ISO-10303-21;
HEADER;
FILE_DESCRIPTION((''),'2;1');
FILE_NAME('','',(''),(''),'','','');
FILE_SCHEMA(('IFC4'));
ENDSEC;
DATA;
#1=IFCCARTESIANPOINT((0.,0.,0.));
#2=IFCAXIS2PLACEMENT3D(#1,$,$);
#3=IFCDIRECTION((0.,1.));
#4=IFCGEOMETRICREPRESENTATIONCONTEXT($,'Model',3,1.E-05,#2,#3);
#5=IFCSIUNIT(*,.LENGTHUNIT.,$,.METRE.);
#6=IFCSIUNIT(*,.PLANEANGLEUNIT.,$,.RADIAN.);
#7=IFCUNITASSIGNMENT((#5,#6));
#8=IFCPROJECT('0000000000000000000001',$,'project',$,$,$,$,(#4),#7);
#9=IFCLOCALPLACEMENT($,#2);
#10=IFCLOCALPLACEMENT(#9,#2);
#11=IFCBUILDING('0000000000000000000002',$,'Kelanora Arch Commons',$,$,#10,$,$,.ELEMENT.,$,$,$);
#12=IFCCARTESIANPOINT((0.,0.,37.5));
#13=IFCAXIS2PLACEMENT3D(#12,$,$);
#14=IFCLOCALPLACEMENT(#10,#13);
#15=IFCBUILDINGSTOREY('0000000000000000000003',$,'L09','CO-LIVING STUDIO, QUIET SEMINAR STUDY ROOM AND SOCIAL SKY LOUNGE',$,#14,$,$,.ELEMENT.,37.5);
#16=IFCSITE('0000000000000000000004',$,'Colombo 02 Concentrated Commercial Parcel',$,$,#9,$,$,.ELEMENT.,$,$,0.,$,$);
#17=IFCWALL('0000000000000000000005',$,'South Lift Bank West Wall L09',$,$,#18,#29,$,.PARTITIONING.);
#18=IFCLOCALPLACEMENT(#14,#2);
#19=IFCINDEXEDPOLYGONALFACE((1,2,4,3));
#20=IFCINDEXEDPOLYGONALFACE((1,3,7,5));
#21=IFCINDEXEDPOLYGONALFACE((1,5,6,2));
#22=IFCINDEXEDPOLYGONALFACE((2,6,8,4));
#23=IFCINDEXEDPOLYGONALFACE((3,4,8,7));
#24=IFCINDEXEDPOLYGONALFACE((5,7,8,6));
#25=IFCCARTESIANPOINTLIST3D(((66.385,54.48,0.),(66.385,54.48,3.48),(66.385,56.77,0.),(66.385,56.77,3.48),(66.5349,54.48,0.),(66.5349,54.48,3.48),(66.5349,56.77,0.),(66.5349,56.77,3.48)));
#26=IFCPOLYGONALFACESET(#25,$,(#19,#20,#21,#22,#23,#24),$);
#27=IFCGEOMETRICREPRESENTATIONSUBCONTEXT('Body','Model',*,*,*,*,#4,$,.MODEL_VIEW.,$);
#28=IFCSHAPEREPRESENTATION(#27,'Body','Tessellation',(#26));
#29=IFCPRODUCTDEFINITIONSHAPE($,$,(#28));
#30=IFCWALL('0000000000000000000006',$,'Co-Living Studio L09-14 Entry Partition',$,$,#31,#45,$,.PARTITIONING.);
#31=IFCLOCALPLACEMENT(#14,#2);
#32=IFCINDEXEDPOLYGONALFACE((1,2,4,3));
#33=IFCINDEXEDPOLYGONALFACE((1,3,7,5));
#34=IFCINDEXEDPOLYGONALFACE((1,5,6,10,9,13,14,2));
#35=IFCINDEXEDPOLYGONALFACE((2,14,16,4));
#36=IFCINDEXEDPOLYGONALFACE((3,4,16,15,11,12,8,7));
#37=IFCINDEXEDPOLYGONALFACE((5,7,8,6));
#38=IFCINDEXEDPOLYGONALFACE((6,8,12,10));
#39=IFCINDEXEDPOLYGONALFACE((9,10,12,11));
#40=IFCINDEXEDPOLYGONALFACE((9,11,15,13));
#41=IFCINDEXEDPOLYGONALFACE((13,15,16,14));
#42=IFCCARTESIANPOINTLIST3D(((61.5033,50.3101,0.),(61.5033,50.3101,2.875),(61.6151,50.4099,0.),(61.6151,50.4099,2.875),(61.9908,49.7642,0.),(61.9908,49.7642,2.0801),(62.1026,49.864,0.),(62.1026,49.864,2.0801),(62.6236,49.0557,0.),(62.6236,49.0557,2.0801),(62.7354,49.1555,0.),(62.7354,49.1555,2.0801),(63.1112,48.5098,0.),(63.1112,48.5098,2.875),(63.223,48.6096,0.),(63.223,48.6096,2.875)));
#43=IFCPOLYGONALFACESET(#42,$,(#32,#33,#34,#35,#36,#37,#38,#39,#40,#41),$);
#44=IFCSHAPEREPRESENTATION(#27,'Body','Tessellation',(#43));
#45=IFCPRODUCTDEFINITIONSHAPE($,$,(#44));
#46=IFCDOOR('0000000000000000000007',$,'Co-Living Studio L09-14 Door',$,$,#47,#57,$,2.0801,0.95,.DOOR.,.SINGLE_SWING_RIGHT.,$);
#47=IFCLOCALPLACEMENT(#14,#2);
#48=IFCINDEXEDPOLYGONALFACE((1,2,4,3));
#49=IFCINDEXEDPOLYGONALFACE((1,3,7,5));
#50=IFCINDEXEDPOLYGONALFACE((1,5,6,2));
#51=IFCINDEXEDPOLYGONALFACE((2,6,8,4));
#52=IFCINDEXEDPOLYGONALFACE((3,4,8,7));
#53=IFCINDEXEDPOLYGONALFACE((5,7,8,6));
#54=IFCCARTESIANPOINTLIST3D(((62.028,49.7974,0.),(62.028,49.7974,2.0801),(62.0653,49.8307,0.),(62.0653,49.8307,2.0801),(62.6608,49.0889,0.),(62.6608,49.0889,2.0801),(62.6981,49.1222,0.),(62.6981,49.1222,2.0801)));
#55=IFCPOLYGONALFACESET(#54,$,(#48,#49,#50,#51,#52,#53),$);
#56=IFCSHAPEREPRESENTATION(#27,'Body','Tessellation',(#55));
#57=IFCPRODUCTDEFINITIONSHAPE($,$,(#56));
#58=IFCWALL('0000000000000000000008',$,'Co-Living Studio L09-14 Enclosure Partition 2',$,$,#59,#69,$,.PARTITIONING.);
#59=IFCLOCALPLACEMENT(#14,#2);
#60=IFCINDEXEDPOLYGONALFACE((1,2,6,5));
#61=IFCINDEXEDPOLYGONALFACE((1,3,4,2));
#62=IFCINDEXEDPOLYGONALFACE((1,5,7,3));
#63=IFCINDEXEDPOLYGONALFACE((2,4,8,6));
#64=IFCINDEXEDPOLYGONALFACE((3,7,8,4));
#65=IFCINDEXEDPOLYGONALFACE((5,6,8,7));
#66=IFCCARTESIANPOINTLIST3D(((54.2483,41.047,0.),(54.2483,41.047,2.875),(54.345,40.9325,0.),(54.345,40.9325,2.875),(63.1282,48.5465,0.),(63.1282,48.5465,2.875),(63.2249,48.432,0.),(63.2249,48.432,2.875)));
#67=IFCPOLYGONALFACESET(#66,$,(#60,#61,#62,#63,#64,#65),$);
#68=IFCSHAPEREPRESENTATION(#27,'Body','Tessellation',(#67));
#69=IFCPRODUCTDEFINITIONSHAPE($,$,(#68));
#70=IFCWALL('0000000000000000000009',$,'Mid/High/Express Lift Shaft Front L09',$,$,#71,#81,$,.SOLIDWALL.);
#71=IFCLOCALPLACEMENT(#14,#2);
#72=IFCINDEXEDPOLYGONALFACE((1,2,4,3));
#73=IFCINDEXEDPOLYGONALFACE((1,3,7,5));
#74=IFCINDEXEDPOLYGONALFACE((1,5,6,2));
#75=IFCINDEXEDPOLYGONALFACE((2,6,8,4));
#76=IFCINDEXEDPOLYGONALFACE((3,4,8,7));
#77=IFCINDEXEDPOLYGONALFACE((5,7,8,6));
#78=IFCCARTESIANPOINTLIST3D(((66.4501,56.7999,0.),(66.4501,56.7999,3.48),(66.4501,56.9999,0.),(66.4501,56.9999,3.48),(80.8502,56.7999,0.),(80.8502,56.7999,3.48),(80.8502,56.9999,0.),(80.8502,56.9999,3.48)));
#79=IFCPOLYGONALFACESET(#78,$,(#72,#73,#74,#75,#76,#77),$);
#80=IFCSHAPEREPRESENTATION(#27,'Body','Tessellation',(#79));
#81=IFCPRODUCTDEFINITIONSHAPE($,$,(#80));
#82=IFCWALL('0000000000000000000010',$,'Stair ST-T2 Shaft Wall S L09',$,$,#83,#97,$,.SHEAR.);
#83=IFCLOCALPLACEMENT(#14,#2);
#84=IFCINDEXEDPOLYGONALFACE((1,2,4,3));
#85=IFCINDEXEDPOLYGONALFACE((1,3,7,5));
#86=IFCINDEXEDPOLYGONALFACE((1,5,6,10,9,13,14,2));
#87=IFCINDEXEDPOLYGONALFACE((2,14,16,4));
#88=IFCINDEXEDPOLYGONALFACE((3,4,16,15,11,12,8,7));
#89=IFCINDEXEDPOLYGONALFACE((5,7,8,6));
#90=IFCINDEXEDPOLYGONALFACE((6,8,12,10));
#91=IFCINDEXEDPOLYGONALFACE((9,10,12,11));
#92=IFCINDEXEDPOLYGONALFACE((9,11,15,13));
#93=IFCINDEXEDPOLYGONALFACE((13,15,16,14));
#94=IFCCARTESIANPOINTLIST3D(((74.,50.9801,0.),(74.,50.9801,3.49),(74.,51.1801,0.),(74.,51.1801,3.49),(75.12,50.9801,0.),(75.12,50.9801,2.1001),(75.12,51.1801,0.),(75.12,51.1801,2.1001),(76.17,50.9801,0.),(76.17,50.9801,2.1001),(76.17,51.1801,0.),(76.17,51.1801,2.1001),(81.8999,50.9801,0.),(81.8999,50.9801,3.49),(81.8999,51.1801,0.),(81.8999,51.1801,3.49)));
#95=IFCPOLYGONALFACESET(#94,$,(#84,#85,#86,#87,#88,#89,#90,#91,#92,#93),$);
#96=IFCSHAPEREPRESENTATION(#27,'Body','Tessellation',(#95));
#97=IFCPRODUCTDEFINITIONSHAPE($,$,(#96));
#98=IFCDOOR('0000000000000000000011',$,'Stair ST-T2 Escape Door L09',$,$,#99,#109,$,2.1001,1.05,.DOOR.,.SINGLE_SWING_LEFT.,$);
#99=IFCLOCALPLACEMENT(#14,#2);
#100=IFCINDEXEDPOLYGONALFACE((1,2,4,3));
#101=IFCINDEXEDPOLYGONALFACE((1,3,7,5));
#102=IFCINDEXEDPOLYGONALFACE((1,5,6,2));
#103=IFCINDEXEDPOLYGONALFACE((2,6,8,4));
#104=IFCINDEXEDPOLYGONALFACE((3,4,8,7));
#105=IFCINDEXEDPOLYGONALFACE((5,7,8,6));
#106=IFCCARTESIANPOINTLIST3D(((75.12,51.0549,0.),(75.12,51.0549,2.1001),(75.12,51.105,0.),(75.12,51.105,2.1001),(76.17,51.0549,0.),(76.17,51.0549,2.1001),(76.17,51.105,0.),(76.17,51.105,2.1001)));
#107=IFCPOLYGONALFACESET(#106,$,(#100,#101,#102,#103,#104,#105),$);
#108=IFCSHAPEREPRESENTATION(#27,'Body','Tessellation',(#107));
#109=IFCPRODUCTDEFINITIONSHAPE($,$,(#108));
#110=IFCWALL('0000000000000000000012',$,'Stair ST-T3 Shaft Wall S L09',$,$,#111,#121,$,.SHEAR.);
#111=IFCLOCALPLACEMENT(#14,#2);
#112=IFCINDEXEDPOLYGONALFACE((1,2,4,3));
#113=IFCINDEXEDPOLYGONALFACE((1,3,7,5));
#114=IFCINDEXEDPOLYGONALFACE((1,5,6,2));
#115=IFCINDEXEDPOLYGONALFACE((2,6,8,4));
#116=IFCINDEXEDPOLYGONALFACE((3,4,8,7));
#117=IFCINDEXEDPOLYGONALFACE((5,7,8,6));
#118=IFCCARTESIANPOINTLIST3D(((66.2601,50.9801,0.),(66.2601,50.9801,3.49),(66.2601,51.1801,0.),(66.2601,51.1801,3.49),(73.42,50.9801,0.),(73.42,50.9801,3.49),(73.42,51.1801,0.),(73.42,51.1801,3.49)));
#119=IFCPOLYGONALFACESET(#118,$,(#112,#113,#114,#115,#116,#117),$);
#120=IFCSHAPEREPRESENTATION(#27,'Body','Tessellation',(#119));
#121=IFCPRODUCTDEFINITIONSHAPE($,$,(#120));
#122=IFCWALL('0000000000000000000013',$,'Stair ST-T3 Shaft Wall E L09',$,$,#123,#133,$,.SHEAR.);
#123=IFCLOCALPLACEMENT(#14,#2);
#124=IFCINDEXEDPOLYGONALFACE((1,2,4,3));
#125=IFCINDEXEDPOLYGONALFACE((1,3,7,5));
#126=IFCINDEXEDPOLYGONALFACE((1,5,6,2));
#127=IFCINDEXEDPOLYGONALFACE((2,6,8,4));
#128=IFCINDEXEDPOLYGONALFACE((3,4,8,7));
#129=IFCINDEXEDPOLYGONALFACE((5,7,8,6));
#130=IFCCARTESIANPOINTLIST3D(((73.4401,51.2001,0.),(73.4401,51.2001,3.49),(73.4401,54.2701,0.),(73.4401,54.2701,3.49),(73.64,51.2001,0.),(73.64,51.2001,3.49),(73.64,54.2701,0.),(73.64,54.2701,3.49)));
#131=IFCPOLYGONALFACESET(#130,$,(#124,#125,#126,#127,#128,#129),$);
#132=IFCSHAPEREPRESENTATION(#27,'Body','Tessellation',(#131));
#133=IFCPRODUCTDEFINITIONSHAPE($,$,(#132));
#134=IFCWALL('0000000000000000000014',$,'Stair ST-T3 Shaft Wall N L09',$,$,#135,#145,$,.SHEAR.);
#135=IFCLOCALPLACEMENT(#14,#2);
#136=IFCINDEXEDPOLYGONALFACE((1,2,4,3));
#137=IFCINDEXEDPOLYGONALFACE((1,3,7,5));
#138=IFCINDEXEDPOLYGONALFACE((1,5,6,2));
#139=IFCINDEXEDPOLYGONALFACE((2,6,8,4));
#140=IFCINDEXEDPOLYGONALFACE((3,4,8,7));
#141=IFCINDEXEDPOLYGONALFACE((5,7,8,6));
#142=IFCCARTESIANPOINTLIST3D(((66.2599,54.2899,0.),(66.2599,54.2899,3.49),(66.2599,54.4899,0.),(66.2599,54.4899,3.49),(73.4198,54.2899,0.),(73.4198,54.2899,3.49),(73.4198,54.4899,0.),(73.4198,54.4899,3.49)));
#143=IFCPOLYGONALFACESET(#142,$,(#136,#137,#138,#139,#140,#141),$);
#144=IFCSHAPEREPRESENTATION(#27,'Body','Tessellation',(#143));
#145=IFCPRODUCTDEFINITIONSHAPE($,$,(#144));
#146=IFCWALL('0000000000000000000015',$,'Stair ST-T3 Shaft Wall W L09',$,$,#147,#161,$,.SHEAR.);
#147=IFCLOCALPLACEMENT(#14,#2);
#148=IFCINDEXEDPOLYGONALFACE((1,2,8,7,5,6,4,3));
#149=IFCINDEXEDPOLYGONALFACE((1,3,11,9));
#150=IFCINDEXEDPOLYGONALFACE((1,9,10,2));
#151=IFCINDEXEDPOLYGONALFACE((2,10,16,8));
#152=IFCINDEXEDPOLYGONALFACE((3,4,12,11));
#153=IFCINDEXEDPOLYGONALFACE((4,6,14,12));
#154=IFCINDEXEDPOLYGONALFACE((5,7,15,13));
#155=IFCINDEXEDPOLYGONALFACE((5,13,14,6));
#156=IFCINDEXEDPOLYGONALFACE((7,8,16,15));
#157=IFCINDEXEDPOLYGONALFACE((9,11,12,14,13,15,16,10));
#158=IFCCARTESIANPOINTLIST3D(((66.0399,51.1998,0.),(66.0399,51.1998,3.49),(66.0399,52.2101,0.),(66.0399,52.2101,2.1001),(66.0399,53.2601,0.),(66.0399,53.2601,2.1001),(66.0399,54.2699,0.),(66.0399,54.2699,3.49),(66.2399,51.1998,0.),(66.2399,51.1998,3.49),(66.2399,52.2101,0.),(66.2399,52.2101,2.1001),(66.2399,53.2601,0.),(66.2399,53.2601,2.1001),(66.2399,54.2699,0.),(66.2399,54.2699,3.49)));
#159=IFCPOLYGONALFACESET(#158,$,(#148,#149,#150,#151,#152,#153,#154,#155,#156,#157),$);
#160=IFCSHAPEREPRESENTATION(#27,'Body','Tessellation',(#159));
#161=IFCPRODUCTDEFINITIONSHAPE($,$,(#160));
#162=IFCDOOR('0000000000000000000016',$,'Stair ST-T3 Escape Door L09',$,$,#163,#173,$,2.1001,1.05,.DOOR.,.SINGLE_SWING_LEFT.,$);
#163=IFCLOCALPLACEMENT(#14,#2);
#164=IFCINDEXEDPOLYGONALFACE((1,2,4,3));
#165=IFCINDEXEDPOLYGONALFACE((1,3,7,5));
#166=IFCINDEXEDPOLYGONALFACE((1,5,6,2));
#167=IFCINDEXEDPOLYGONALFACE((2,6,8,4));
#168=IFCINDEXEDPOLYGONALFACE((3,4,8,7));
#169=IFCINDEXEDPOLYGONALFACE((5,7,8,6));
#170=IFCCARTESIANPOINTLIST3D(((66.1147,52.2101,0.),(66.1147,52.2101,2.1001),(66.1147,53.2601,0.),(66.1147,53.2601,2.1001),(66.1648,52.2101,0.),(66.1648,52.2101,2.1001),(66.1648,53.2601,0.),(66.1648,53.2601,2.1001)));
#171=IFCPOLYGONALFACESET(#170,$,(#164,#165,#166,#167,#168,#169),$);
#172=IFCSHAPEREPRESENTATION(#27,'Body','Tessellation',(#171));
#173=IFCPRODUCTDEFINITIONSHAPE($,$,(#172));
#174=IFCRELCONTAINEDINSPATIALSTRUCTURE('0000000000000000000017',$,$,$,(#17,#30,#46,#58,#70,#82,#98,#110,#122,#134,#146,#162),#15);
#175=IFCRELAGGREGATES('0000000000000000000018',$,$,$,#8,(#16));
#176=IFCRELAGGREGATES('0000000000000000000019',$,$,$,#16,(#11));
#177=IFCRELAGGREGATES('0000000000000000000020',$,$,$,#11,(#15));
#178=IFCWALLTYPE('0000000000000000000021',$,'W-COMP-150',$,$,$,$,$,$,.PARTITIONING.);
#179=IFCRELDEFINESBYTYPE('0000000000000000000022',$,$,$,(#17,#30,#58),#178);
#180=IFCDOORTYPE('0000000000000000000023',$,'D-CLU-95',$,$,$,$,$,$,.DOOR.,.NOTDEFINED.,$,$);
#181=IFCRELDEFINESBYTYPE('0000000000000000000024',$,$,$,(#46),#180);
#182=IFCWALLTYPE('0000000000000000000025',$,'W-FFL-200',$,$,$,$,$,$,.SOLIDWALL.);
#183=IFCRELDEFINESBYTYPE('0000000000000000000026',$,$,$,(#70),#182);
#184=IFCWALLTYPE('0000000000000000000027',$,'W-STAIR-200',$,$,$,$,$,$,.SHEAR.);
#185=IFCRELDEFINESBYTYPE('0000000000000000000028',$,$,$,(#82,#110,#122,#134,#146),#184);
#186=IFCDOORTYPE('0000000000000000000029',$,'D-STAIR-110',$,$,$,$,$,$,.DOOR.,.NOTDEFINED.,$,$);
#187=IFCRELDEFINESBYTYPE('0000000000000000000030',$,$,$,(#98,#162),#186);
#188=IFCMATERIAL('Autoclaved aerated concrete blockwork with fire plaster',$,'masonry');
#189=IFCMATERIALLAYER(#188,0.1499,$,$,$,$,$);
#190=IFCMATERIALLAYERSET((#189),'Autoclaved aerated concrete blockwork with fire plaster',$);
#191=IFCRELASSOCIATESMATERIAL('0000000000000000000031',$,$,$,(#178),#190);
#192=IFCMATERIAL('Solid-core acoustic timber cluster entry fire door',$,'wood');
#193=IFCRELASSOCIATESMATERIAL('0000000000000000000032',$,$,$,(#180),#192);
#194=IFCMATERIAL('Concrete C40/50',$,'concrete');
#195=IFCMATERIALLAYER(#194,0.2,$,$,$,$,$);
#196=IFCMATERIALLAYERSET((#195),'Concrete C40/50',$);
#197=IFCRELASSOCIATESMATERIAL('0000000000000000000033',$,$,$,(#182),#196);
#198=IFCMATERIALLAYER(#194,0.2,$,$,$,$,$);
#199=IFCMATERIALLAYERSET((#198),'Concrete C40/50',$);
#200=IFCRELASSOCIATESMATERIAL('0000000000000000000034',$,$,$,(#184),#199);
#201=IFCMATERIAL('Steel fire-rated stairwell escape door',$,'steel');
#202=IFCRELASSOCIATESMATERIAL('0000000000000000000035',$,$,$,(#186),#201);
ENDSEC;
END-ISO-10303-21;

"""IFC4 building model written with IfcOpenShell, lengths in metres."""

from ifc_helpers import new_model, si_unit, direction, frame, frame_2d, origin, place, context, subcontext, project, spatial, rectangle, extrude, material, layer, layer_set, type_object, element, fill, save


model = new_model("IFC4")

# Units and contexts
model_context = context("Model", 3, precision=1e-05, world=origin(), true_north=direction((0.0, 1.0)))
body_context = subcontext(model_context, "Body", "Model", "MODEL_VIEW")
ifc_project = project(units=[si_unit("LENGTHUNIT", "METRE"), si_unit("PLANEANGLEUNIT", "RADIAN")], contexts=[model_context])

# Site, building, storey
site_placement = place(None, origin())
site = spatial("IfcSite", under=ifc_project, at=site_placement, Name="Colombo 02 Concentrated Commercial Parcel", CompositionType="ELEMENT", RefElevation=0.0)
building_placement = place(site_placement, origin())
building = spatial("IfcBuilding", under=site, at=building_placement, Name="Kelanora Arch Commons", CompositionType="ELEMENT")
storey_placement = place(building_placement, frame((0.0, 0.0, 37.5)))
storey = spatial("IfcBuildingStorey", under=building, at=storey_placement, Name="L09", Description="CO-LIVING STUDIO, QUIET SEMINAR STUDY ROOM AND SOCIAL SKY LOUNGE", CompositionType="ELEMENT", Elevation=37.5)

# Wall
ifc_material_1 = material(Name="Autoclaved aerated concrete blockwork with fire plaster", Category="masonry")
ifc_layer_1 = layer(ifc_material_1, 0.1499)
ifc_layer_set_1 = layer_set([ifc_layer_1], Name="Autoclaved aerated concrete blockwork with fire plaster")
wall_type_1 = type_object("IfcWallType", Name="W-COMP-150", PredefinedType="PARTITIONING", material=ifc_layer_set_1)
wall_1_placement = place(storey_placement, frame((66.46, 54.48, 0.0), z_axis=(0.0, 0.0, 1.0), x_axis=(0.0, 1.0, 0.0)))
element("IfcWall", 1, at=wall_1_placement, inside=storey, type_object=wall_type_1, Name="South Lift Bank West Wall L09", PredefinedType="PARTITIONING", context=body_context, shape_type="SweptSolid", body=[
    extrude(rectangle(XDim=2.29, YDim=0.1499, at=frame_2d((1.145, 0.0))), origin(), (0.0, 0.0, 1.0), 3.48),
])

# Wall, opening, door
wall_2_placement = place(storey_placement, frame((61.5591, 50.3601, 0.0), z_axis=(0.0, 0.0, 1.0), x_axis=(0.666132, -0.745834, 0.0)))
wall_2 = element("IfcWall", 2, at=wall_2_placement, inside=storey, type_object=wall_type_1, Name="Co-Living Studio L09-14 Entry Partition", PredefinedType="PARTITIONING", context=body_context, shape_type="SweptSolid", body=[
    extrude(rectangle(XDim=2.4138, YDim=0.1499, at=frame_2d((1.207, 0.0))), origin(), (0.0, 0.0, 1.0), 2.875),
])
opening_1_placement = place(wall_2_placement, frame((0.7319, 0.0, 0.0)))
opening_1 = element("IfcOpeningElement", 3, at=opening_1_placement, cuts=wall_2, PredefinedType="OPENING", context=body_context, shape_type="SweptSolid", body=[
    extrude(rectangle(XDim=0.95, YDim=2.0801, at=frame_2d((0.4751, 1.04))), frame((0.0, 0.085, 0.0), z_axis=(0.0, -1.0, 0.0), x_axis=(1.0, 0.0, 0.0)), (0.0, 0.0, 1.0), 0.1699),
])
ifc_material_2 = material(Name="Solid-core acoustic timber cluster entry fire door", Category="wood")
door_type_1 = type_object("IfcDoorType", Name="D-CLU-95", OperationType="NOTDEFINED", PredefinedType="DOOR", material=ifc_material_2)
door_1_placement = place(opening_1_placement, origin())
door_1 = element("IfcDoor", 4, at=door_1_placement, inside=storey, type_object=door_type_1, Name="Co-Living Studio L09-14 Door", OperationType="SINGLE_SWING_RIGHT", OverallHeight=2.0801, OverallWidth=0.95, PredefinedType="DOOR", context=body_context, shape_type="SweptSolid", body=[
    extrude(rectangle(XDim=0.95, YDim=2.0801, at=frame_2d((0.4751, 1.04))), frame((0.0, 0.0249, 0.0), z_axis=(0.0, -1.0, 0.0), x_axis=(1.0, 0.0, 0.0)), (0.0, 0.0, 1.0), 0.05),
])
fill(opening_1, door_1)

# Walls
wall_3_placement = place(storey_placement, frame((63.1765, 48.4893, 0.0), z_axis=(0.0, 0.0, 1.0), x_axis=(-0.76399, -0.645228, 0.0)))
element("IfcWall", 5, at=wall_3_placement, inside=storey, type_object=wall_type_1, Name="Co-Living Studio L09-14 Enclosure Partition 2", PredefinedType="PARTITIONING", context=body_context, shape_type="SweptSolid", body=[
    extrude(rectangle(XDim=11.623, YDim=0.1499, at=frame_2d((5.8115, 0.0))), origin(), (0.0, 0.0, 1.0), 2.875),
])
ifc_material_3 = material(Name="Concrete C40/50", Category="concrete")
ifc_layer_2 = layer(ifc_material_3, 0.2)
ifc_layer_set_2 = layer_set([ifc_layer_2], Name="Concrete C40/50")
wall_type_2 = type_object("IfcWallType", Name="W-FFL-200", PredefinedType="SOLIDWALL", material=ifc_layer_set_2)
wall_4_placement = place(storey_placement, frame((66.45, 56.8999, 0.0), z_axis=(0.0, 0.0, 1.0), x_axis=(1.0, 0.0, 0.0)))
element("IfcWall", 6, at=wall_4_placement, inside=storey, type_object=wall_type_2, Name="Mid/High/Express Lift Shaft Front L09", PredefinedType="SOLIDWALL", context=body_context, shape_type="SweptSolid", body=[
    extrude(rectangle(XDim=14.4001, YDim=0.2, at=frame_2d((7.2002, 0.0))), origin(), (0.0, 0.0, 1.0), 3.48),
])

# Wall, opening, door
ifc_layer_3 = layer(ifc_material_3, 0.2)
ifc_layer_set_3 = layer_set([ifc_layer_3], Name="Concrete C40/50")
wall_type_3 = type_object("IfcWallType", Name="W-STAIR-200", PredefinedType="SHEAR", material=ifc_layer_set_3)
wall_5_placement = place(storey_placement, frame((74.0, 51.0801, 0.0), z_axis=(0.0, 0.0, 1.0), x_axis=(1.0, 0.0, 0.0)))
wall_5 = element("IfcWall", 7, at=wall_5_placement, inside=storey, type_object=wall_type_3, Name="Stair ST-T2 Shaft Wall S L09", PredefinedType="SHEAR", context=body_context, shape_type="SweptSolid", body=[
    extrude(rectangle(XDim=7.8999, YDim=0.2, at=frame_2d((3.95, 0.0))), origin(), (0.0, 0.0, 1.0), 3.49),
])
opening_2_placement = place(wall_5_placement, frame((1.1201, 0.0, 0.0)))
opening_2 = element("IfcOpeningElement", 8, at=opening_2_placement, cuts=wall_5, PredefinedType="OPENING", context=body_context, shape_type="SweptSolid", body=[
    extrude(rectangle(XDim=1.05, YDim=2.1001, at=frame_2d((0.5249, 1.05))), frame((0.0, 0.1099, 0.0), z_axis=(0.0, -1.0, 0.0), x_axis=(1.0, 0.0, 0.0)), (0.0, 0.0, 1.0), 0.22),
])
ifc_material_4 = material(Name="Steel fire-rated stairwell escape door", Category="steel")
door_type_2 = type_object("IfcDoorType", Name="D-STAIR-110", OperationType="NOTDEFINED", PredefinedType="DOOR", material=ifc_material_4)
door_2_placement = place(opening_2_placement, origin())
door_2 = element("IfcDoor", 9, at=door_2_placement, inside=storey, type_object=door_type_2, Name="Stair ST-T2 Escape Door L09", OperationType="SINGLE_SWING_LEFT", OverallHeight=2.1001, OverallWidth=1.05, PredefinedType="DOOR", context=body_context, shape_type="SweptSolid", body=[
    extrude(rectangle(XDim=1.05, YDim=2.1001, at=frame_2d((0.5249, 1.05))), frame((0.0, 0.0249, 0.0), z_axis=(0.0, -1.0, 0.0), x_axis=(1.0, 0.0, 0.0)), (0.0, 0.0, 1.0), 0.05),
])
fill(opening_2, door_2)

# Walls
wall_6_placement = place(storey_placement, frame((66.26, 51.0801, 0.0), z_axis=(0.0, 0.0, 1.0), x_axis=(1.0, 0.0, 0.0)))
element("IfcWall", 10, at=wall_6_placement, inside=storey, type_object=wall_type_3, Name="Stair ST-T3 Shaft Wall S L09", PredefinedType="SHEAR", context=body_context, shape_type="SweptSolid", body=[
    extrude(rectangle(XDim=7.1599, YDim=0.2, at=frame_2d((3.5801, 0.0))), origin(), (0.0, 0.0, 1.0), 3.49),
])
wall_7_placement = place(storey_placement, frame((73.54, 51.2, 0.0), z_axis=(0.0, 0.0, 1.0), x_axis=(0.0, 1.0, 0.0)))
element("IfcWall", 11, at=wall_7_placement, inside=storey, type_object=wall_type_3, Name="Stair ST-T3 Shaft Wall E L09", PredefinedType="SHEAR", context=body_context, shape_type="SweptSolid", body=[
    extrude(rectangle(XDim=3.0701, YDim=0.2, at=frame_2d((1.5352, 0.0))), origin(), (0.0, 0.0, 1.0), 3.49),
])
wall_8_placement = place(storey_placement, frame((73.4199, 54.3899, 0.0), z_axis=(0.0, 0.0, 1.0), x_axis=(-1.0, 0.0, 0.0)))
element("IfcWall", 12, at=wall_8_placement, inside=storey, type_object=wall_type_3, Name="Stair ST-T3 Shaft Wall N L09", PredefinedType="SHEAR", context=body_context, shape_type="SweptSolid", body=[
    extrude(rectangle(XDim=7.1599, YDim=0.2, at=frame_2d((3.5801, 0.0))), origin(), (0.0, 0.0, 1.0), 3.49),
])

# Wall, opening, door
wall_9_placement = place(storey_placement, frame((66.1399, 54.27, 0.0), z_axis=(0.0, 0.0, 1.0), x_axis=(0.0, -1.0, 0.0)))
wall_9 = element("IfcWall", 13, at=wall_9_placement, inside=storey, type_object=wall_type_3, Name="Stair ST-T3 Shaft Wall W L09", PredefinedType="SHEAR", context=body_context, shape_type="SweptSolid", body=[
    extrude(rectangle(XDim=3.0701, YDim=0.2, at=frame_2d((1.5352, 0.0))), origin(), (0.0, 0.0, 1.0), 3.49),
])
opening_3_placement = place(wall_9_placement, frame((1.01, 0.0, 0.0)))
opening_3 = element("IfcOpeningElement", 14, at=opening_3_placement, cuts=wall_9, PredefinedType="OPENING", context=body_context, shape_type="SweptSolid", body=[
    extrude(rectangle(XDim=1.05, YDim=2.1001, at=frame_2d((0.5249, 1.05))), frame((0.0, 0.1099, 0.0), z_axis=(0.0, -1.0, 0.0), x_axis=(1.0, 0.0, 0.0)), (0.0, 0.0, 1.0), 0.22),
])
door_3_placement = place(opening_3_placement, origin())
door_3 = element("IfcDoor", 15, at=door_3_placement, inside=storey, type_object=door_type_2, Name="Stair ST-T3 Escape Door L09", OperationType="SINGLE_SWING_LEFT", OverallHeight=2.1001, OverallWidth=1.05, PredefinedType="DOOR", context=body_context, shape_type="SweptSolid", body=[
    extrude(rectangle(XDim=1.05, YDim=2.1001, at=frame_2d((0.5249, 1.05))), frame((0.0, 0.0249, 0.0), z_axis=(0.0, -1.0, 0.0), x_axis=(1.0, 0.0, 0.0)), (0.0, 0.0, 1.0), 0.05),
])
fill(opening_3, door_3)

save(model, "model.ifc")
